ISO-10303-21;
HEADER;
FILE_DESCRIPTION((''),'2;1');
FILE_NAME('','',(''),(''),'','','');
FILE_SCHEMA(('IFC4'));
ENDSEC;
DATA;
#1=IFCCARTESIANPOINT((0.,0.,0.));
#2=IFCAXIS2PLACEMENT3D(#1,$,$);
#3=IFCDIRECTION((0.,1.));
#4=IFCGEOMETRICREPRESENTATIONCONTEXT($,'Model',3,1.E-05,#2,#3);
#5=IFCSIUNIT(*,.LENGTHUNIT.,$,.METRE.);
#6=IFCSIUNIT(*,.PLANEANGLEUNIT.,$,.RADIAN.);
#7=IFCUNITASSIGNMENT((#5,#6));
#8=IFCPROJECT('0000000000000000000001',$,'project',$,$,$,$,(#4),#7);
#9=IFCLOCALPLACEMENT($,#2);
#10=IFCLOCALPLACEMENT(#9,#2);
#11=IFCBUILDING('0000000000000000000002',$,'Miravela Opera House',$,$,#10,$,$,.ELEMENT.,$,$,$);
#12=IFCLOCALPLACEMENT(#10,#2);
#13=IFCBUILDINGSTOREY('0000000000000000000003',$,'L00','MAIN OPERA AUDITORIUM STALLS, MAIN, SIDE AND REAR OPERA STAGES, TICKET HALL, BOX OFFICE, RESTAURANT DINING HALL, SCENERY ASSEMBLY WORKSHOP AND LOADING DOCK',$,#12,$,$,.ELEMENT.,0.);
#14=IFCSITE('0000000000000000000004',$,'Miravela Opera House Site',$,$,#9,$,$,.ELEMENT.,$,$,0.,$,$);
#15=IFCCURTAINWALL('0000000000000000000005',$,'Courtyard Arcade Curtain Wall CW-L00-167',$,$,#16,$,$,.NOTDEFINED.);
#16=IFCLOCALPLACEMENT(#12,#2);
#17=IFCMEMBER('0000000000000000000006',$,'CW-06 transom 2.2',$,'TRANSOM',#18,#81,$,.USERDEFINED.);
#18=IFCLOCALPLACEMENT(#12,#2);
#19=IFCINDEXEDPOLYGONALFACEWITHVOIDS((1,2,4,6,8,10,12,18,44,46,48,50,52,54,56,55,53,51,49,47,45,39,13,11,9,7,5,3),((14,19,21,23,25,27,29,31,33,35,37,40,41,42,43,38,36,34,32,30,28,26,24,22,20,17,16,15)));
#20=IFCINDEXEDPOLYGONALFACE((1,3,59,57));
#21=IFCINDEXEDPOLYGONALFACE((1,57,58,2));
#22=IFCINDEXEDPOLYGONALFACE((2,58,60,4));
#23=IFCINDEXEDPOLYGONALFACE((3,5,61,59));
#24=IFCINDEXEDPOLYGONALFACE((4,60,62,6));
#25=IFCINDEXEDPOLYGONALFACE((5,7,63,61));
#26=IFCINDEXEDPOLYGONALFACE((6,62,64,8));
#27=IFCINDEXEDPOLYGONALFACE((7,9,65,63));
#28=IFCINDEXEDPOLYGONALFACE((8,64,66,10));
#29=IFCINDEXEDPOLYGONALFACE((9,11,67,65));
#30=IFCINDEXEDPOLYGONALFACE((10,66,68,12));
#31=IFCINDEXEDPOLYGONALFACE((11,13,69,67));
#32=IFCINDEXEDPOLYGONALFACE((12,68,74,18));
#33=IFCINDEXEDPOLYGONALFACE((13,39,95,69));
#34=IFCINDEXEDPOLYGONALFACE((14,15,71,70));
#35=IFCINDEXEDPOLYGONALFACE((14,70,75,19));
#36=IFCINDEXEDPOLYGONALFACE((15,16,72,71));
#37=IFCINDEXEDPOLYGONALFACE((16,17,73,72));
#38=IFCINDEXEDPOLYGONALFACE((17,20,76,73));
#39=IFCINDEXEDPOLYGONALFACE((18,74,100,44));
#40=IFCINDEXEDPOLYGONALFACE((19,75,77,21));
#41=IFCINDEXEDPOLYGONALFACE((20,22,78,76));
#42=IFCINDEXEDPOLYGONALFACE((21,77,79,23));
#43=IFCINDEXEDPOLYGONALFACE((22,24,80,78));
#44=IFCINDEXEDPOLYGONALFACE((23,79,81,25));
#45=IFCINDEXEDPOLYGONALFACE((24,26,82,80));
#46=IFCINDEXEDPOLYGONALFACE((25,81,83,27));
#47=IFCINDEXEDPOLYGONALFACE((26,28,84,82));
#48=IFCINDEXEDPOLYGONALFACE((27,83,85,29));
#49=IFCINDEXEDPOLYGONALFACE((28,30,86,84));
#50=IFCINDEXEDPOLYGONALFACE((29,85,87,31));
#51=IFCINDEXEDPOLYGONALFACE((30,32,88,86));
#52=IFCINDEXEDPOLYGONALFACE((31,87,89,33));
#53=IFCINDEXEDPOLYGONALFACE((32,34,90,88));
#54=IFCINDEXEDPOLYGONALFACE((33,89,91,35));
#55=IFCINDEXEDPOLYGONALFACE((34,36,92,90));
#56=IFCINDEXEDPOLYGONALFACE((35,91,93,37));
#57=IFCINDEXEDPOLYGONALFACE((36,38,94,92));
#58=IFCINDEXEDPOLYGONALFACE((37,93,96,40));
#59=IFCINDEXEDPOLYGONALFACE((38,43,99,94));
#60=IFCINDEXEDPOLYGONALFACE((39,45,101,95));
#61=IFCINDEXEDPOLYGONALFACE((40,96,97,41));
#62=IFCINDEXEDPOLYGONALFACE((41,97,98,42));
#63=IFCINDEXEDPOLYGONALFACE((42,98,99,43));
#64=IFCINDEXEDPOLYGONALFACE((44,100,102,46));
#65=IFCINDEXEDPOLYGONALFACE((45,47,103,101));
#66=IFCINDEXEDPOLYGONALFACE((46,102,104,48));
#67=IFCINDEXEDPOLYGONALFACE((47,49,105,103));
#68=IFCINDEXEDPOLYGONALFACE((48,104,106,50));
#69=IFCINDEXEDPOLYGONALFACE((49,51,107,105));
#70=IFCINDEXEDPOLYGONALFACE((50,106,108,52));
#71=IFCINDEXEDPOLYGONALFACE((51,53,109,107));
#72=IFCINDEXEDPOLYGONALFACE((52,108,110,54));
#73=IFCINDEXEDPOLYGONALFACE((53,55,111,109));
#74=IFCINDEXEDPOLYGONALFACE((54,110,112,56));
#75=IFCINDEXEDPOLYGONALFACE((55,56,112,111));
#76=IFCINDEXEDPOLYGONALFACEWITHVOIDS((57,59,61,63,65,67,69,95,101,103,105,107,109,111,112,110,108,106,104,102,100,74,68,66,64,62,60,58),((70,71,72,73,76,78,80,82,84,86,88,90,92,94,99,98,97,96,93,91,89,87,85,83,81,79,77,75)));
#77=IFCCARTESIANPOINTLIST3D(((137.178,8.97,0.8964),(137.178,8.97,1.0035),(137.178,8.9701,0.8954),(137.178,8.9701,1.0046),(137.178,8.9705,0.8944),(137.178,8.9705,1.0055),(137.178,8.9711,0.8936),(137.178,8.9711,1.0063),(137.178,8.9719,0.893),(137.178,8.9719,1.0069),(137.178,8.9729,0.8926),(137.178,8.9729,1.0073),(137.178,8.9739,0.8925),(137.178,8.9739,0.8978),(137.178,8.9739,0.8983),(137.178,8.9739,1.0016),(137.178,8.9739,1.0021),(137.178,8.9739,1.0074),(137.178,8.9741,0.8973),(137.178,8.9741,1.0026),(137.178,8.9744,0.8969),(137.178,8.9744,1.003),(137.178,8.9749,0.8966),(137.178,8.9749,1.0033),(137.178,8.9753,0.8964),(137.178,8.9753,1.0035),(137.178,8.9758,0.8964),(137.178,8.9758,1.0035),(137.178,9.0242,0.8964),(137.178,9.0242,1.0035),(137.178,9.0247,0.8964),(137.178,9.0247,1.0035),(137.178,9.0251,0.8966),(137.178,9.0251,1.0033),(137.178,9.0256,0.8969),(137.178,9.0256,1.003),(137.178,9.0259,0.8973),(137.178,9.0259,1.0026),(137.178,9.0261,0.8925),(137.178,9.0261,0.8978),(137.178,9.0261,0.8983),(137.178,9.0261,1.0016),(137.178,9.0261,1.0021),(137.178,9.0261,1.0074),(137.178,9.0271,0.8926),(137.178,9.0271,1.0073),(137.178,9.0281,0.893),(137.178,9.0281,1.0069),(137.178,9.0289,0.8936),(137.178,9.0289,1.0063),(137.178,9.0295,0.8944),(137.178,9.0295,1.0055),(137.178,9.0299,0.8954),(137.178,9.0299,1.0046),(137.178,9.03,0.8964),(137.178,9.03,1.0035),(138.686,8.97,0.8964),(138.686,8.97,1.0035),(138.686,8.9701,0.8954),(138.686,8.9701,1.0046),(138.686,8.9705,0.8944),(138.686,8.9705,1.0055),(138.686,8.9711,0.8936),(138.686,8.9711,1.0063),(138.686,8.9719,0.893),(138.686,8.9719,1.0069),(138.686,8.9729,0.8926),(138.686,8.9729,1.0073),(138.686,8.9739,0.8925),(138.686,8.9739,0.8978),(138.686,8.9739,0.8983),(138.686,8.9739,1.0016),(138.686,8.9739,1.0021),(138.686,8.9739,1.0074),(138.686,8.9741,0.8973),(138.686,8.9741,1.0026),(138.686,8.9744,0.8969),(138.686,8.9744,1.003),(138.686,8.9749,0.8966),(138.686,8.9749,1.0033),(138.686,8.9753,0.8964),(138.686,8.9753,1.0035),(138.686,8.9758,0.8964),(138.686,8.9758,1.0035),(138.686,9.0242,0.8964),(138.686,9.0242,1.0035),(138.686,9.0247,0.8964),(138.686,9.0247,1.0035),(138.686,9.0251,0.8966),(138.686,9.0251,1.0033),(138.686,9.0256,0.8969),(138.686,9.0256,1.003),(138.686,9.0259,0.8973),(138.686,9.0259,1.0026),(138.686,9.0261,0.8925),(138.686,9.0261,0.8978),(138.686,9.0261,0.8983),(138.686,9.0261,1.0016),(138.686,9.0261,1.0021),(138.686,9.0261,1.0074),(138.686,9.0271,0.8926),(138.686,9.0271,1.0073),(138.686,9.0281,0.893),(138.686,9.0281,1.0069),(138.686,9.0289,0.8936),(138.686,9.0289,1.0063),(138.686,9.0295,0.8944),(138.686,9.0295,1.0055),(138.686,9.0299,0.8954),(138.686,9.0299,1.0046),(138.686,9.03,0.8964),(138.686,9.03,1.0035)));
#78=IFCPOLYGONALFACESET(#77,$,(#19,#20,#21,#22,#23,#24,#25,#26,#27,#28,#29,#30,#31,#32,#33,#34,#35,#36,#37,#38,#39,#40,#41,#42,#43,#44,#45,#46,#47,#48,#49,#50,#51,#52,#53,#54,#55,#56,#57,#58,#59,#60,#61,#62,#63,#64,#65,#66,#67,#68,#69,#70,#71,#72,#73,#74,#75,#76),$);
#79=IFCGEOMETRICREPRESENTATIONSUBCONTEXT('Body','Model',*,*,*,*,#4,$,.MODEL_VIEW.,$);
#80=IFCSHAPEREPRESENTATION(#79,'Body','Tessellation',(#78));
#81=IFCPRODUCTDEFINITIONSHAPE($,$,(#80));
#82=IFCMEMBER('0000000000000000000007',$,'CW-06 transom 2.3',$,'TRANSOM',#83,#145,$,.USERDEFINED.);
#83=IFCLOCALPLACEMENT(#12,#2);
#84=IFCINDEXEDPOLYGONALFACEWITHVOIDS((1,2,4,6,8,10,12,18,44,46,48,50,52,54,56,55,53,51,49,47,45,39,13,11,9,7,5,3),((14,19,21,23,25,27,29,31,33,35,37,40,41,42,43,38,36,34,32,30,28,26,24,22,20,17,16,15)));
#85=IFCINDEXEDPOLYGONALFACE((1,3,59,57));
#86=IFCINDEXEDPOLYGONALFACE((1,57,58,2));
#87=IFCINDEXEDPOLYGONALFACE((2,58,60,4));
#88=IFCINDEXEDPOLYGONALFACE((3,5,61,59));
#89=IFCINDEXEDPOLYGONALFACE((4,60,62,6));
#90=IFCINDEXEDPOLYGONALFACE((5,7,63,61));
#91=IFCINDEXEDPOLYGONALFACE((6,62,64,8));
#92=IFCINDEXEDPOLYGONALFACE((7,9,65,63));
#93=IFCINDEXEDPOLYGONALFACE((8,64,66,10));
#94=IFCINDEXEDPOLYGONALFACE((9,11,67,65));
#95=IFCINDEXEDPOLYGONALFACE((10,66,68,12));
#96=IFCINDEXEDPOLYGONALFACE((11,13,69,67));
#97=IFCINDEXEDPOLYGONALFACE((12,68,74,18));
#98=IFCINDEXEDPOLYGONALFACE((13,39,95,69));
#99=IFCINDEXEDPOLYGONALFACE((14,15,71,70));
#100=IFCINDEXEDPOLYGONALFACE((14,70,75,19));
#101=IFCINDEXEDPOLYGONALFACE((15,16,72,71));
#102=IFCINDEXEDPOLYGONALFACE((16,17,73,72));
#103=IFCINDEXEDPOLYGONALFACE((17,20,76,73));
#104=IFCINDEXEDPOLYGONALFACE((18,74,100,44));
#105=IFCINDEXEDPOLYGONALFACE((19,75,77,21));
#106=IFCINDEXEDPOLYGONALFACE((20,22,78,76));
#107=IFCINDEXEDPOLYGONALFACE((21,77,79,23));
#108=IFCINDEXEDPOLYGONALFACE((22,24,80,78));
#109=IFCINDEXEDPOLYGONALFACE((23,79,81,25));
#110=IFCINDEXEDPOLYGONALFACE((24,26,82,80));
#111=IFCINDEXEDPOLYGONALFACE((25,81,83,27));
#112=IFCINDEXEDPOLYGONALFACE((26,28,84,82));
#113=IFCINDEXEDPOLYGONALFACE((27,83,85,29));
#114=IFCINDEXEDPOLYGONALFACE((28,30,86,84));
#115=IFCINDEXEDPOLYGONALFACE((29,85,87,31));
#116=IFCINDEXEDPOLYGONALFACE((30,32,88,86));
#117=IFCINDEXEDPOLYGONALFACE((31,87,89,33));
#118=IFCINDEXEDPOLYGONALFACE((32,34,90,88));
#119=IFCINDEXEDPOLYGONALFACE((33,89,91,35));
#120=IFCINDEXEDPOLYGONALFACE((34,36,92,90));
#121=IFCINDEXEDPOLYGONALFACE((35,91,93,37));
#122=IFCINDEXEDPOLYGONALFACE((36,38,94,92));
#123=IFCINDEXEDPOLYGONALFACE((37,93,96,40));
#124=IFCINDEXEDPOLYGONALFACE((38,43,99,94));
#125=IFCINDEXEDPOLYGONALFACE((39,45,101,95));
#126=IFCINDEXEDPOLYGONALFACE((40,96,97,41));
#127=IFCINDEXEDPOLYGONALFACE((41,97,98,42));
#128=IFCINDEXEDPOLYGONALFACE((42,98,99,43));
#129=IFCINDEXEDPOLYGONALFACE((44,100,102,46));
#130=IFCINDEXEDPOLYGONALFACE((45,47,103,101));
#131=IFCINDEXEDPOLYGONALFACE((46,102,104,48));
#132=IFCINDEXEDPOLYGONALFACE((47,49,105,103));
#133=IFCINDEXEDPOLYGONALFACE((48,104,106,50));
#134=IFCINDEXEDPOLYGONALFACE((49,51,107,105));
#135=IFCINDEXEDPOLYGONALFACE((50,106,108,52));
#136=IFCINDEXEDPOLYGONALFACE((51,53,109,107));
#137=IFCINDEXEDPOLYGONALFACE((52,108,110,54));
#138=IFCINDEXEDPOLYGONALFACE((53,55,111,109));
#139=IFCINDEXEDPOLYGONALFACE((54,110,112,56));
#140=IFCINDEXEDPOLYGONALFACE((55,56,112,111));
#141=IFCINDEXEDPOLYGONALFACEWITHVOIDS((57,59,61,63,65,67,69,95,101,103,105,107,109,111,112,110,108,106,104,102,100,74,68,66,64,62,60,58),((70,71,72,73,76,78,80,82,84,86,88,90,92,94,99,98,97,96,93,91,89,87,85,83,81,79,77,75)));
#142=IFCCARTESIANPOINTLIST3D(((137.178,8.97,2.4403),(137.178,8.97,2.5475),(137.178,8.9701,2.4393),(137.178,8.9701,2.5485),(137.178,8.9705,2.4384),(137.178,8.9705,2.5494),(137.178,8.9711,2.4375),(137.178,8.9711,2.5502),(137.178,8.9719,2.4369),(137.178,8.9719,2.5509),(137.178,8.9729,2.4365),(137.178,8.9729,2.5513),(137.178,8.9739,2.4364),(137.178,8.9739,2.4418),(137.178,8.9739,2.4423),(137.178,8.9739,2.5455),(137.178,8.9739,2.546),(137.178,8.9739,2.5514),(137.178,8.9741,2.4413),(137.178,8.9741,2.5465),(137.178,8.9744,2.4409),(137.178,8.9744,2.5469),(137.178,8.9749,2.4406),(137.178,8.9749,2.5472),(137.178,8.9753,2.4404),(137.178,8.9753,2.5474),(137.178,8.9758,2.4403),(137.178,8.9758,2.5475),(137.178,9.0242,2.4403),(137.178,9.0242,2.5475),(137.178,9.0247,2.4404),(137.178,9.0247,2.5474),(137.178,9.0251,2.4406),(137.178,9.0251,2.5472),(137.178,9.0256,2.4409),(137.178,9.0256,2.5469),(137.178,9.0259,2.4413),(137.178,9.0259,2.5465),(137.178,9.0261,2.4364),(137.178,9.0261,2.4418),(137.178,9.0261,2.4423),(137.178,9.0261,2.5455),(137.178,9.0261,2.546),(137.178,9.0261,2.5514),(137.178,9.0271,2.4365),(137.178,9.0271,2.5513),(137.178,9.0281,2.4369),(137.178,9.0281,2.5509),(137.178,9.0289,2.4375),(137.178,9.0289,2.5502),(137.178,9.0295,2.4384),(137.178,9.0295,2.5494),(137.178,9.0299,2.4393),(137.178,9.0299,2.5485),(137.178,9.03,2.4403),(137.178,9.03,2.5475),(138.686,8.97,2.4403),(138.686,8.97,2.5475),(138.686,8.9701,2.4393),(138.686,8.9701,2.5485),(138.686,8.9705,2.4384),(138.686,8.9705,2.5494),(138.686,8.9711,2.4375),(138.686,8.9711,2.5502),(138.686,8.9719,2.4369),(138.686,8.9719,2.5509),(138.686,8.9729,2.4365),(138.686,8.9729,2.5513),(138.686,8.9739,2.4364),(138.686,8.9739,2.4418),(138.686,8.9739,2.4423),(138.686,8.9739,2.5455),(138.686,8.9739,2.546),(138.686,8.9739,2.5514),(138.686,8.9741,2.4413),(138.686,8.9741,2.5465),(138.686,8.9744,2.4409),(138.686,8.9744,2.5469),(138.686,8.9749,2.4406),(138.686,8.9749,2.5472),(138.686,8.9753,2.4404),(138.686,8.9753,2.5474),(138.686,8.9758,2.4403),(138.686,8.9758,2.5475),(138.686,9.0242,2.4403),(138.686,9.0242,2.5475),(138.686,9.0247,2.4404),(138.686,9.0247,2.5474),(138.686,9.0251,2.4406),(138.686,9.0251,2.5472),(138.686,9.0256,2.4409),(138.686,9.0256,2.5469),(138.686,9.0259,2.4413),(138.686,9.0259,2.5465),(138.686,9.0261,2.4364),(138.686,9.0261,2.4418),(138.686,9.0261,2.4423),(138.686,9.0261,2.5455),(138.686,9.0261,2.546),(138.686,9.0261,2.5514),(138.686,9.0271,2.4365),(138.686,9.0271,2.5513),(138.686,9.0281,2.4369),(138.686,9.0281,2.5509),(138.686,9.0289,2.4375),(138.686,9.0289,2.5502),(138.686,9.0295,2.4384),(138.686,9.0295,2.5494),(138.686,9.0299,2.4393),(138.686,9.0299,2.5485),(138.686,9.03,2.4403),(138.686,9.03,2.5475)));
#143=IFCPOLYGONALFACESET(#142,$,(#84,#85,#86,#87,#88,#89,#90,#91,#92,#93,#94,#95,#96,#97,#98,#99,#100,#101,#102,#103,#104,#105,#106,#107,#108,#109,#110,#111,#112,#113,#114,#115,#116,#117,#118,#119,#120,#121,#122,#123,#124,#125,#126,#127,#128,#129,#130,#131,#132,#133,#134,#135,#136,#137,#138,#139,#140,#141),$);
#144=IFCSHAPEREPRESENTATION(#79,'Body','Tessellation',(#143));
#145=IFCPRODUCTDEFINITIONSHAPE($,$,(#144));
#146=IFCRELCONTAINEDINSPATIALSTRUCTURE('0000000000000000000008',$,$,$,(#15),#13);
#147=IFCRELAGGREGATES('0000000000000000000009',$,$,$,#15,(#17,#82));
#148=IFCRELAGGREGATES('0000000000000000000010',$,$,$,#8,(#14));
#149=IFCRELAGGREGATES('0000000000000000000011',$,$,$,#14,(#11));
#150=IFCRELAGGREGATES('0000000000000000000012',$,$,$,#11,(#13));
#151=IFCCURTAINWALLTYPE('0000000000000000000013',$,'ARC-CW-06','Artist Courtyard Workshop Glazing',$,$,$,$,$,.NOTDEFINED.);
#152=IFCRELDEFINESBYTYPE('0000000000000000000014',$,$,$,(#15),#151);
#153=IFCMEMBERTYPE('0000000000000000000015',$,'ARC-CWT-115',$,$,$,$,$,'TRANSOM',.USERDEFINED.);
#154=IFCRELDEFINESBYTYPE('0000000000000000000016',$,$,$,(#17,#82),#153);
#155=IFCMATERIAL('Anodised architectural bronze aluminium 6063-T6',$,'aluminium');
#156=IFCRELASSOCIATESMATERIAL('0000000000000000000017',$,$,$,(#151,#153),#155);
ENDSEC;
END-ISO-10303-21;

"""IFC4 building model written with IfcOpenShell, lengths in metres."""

from ifc_helpers import new_model, si_unit, direction, frame, origin, origin_2d, place, context, subcontext, project, spatial, hollow_rectangle, extrude, material, material_profile, profile_set, type_object, element, aggregate, save


model = new_model("IFC4")

# Units and contexts
model_context = context("Model", 3, precision=1e-05, world=origin(), true_north=direction((0.0, 1.0)))
body_context = subcontext(model_context, "Body", "Model", "MODEL_VIEW")
ifc_project = project(units=[si_unit("LENGTHUNIT", "METRE"), si_unit("PLANEANGLEUNIT", "RADIAN")], contexts=[model_context])

# Site, building, storey
site_placement = place(None, origin())
site = spatial("IfcSite", under=ifc_project, at=site_placement, Name="Miravela Opera House Site", CompositionType="ELEMENT", RefElevation=0.0)
building_placement = place(site_placement, origin())
building = spatial("IfcBuilding", under=site, at=building_placement, Name="Miravela Opera House", CompositionType="ELEMENT")
storey_placement = place(building_placement, origin())
storey = spatial("IfcBuildingStorey", under=building, at=storey_placement, Name="L00", Description="MAIN OPERA AUDITORIUM STALLS, MAIN, SIDE AND REAR OPERA STAGES, TICKET HALL, BOX OFFICE, RESTAURANT DINING HALL, SCENERY ASSEMBLY WORKSHOP AND LOADING DOCK", CompositionType="ELEMENT", Elevation=0.0)

# Shared definitions
ifc_material_1 = material(Name="Anodised architectural bronze aluminium 6063-T6", Category="aluminium")
curtain_wall_type = type_object("IfcCurtainWallType", Name="ARC-CW-06", Description="Artist Courtyard Workshop Glazing", PredefinedType="NOTDEFINED", material=ifc_material_1)

# Curtain wall, members
curtain_wall_1_placement = place(storey_placement, origin())
curtain_wall_1 = element("IfcCurtainWall", 1, at=curtain_wall_1_placement, inside=storey, type_object=curtain_wall_type, Name="Courtyard Arcade Curtain Wall CW-L00-167", PredefinedType="NOTDEFINED")
ifc_material_profile_1 = material_profile(ifc_material_1, hollow_rectangle(XDim=0.0601, YDim=0.115, WallThickness=0.0039, InnerFilletRadius=0.002, OuterFilletRadius=0.0039, at=origin_2d()), Name="CWT-60X115")
ifc_profile_set_1 = profile_set([ifc_material_profile_1])
member_type_1 = type_object("IfcMemberType", Name="ARC-CWT-115", ElementType="TRANSOM", PredefinedType="USERDEFINED", material=ifc_profile_set_1)
member_1_placement = place(storey_placement, frame((137.178, 9.0, 0.95), z_axis=(1.0, 0.0, 0.0), x_axis=(0.0, 1.0, 0.0)))
member_1 = element("IfcMember", 2, at=member_1_placement, type_object=member_type_1, Name="CW-06 transom 2.2", ObjectType="TRANSOM", PredefinedType="USERDEFINED", context=body_context, shape_type="SweptSolid", body=[
    extrude(hollow_rectangle(XDim=0.0601, YDim=0.115, WallThickness=0.0039, InnerFilletRadius=0.002, OuterFilletRadius=0.0039, at=origin_2d()), origin(), (0.0, 0.0, 1.0), 1.5081),
])
member_2_placement = place(storey_placement, frame((137.178, 9.0, 2.4939), z_axis=(1.0, 0.0, 0.0), x_axis=(0.0, 1.0, 0.0)))
member_2 = element("IfcMember", 3, at=member_2_placement, type_object=member_type_1, Name="CW-06 transom 2.3", ObjectType="TRANSOM", PredefinedType="USERDEFINED", context=body_context, shape_type="SweptSolid", body=[
    extrude(hollow_rectangle(XDim=0.0601, YDim=0.115, WallThickness=0.0039, InnerFilletRadius=0.002, OuterFilletRadius=0.0039, at=origin_2d()), origin(), (0.0, 0.0, 1.0), 1.5081),
])

aggregate(curtain_wall_1, [member_1, member_2])

save(model, "model.ifc")
